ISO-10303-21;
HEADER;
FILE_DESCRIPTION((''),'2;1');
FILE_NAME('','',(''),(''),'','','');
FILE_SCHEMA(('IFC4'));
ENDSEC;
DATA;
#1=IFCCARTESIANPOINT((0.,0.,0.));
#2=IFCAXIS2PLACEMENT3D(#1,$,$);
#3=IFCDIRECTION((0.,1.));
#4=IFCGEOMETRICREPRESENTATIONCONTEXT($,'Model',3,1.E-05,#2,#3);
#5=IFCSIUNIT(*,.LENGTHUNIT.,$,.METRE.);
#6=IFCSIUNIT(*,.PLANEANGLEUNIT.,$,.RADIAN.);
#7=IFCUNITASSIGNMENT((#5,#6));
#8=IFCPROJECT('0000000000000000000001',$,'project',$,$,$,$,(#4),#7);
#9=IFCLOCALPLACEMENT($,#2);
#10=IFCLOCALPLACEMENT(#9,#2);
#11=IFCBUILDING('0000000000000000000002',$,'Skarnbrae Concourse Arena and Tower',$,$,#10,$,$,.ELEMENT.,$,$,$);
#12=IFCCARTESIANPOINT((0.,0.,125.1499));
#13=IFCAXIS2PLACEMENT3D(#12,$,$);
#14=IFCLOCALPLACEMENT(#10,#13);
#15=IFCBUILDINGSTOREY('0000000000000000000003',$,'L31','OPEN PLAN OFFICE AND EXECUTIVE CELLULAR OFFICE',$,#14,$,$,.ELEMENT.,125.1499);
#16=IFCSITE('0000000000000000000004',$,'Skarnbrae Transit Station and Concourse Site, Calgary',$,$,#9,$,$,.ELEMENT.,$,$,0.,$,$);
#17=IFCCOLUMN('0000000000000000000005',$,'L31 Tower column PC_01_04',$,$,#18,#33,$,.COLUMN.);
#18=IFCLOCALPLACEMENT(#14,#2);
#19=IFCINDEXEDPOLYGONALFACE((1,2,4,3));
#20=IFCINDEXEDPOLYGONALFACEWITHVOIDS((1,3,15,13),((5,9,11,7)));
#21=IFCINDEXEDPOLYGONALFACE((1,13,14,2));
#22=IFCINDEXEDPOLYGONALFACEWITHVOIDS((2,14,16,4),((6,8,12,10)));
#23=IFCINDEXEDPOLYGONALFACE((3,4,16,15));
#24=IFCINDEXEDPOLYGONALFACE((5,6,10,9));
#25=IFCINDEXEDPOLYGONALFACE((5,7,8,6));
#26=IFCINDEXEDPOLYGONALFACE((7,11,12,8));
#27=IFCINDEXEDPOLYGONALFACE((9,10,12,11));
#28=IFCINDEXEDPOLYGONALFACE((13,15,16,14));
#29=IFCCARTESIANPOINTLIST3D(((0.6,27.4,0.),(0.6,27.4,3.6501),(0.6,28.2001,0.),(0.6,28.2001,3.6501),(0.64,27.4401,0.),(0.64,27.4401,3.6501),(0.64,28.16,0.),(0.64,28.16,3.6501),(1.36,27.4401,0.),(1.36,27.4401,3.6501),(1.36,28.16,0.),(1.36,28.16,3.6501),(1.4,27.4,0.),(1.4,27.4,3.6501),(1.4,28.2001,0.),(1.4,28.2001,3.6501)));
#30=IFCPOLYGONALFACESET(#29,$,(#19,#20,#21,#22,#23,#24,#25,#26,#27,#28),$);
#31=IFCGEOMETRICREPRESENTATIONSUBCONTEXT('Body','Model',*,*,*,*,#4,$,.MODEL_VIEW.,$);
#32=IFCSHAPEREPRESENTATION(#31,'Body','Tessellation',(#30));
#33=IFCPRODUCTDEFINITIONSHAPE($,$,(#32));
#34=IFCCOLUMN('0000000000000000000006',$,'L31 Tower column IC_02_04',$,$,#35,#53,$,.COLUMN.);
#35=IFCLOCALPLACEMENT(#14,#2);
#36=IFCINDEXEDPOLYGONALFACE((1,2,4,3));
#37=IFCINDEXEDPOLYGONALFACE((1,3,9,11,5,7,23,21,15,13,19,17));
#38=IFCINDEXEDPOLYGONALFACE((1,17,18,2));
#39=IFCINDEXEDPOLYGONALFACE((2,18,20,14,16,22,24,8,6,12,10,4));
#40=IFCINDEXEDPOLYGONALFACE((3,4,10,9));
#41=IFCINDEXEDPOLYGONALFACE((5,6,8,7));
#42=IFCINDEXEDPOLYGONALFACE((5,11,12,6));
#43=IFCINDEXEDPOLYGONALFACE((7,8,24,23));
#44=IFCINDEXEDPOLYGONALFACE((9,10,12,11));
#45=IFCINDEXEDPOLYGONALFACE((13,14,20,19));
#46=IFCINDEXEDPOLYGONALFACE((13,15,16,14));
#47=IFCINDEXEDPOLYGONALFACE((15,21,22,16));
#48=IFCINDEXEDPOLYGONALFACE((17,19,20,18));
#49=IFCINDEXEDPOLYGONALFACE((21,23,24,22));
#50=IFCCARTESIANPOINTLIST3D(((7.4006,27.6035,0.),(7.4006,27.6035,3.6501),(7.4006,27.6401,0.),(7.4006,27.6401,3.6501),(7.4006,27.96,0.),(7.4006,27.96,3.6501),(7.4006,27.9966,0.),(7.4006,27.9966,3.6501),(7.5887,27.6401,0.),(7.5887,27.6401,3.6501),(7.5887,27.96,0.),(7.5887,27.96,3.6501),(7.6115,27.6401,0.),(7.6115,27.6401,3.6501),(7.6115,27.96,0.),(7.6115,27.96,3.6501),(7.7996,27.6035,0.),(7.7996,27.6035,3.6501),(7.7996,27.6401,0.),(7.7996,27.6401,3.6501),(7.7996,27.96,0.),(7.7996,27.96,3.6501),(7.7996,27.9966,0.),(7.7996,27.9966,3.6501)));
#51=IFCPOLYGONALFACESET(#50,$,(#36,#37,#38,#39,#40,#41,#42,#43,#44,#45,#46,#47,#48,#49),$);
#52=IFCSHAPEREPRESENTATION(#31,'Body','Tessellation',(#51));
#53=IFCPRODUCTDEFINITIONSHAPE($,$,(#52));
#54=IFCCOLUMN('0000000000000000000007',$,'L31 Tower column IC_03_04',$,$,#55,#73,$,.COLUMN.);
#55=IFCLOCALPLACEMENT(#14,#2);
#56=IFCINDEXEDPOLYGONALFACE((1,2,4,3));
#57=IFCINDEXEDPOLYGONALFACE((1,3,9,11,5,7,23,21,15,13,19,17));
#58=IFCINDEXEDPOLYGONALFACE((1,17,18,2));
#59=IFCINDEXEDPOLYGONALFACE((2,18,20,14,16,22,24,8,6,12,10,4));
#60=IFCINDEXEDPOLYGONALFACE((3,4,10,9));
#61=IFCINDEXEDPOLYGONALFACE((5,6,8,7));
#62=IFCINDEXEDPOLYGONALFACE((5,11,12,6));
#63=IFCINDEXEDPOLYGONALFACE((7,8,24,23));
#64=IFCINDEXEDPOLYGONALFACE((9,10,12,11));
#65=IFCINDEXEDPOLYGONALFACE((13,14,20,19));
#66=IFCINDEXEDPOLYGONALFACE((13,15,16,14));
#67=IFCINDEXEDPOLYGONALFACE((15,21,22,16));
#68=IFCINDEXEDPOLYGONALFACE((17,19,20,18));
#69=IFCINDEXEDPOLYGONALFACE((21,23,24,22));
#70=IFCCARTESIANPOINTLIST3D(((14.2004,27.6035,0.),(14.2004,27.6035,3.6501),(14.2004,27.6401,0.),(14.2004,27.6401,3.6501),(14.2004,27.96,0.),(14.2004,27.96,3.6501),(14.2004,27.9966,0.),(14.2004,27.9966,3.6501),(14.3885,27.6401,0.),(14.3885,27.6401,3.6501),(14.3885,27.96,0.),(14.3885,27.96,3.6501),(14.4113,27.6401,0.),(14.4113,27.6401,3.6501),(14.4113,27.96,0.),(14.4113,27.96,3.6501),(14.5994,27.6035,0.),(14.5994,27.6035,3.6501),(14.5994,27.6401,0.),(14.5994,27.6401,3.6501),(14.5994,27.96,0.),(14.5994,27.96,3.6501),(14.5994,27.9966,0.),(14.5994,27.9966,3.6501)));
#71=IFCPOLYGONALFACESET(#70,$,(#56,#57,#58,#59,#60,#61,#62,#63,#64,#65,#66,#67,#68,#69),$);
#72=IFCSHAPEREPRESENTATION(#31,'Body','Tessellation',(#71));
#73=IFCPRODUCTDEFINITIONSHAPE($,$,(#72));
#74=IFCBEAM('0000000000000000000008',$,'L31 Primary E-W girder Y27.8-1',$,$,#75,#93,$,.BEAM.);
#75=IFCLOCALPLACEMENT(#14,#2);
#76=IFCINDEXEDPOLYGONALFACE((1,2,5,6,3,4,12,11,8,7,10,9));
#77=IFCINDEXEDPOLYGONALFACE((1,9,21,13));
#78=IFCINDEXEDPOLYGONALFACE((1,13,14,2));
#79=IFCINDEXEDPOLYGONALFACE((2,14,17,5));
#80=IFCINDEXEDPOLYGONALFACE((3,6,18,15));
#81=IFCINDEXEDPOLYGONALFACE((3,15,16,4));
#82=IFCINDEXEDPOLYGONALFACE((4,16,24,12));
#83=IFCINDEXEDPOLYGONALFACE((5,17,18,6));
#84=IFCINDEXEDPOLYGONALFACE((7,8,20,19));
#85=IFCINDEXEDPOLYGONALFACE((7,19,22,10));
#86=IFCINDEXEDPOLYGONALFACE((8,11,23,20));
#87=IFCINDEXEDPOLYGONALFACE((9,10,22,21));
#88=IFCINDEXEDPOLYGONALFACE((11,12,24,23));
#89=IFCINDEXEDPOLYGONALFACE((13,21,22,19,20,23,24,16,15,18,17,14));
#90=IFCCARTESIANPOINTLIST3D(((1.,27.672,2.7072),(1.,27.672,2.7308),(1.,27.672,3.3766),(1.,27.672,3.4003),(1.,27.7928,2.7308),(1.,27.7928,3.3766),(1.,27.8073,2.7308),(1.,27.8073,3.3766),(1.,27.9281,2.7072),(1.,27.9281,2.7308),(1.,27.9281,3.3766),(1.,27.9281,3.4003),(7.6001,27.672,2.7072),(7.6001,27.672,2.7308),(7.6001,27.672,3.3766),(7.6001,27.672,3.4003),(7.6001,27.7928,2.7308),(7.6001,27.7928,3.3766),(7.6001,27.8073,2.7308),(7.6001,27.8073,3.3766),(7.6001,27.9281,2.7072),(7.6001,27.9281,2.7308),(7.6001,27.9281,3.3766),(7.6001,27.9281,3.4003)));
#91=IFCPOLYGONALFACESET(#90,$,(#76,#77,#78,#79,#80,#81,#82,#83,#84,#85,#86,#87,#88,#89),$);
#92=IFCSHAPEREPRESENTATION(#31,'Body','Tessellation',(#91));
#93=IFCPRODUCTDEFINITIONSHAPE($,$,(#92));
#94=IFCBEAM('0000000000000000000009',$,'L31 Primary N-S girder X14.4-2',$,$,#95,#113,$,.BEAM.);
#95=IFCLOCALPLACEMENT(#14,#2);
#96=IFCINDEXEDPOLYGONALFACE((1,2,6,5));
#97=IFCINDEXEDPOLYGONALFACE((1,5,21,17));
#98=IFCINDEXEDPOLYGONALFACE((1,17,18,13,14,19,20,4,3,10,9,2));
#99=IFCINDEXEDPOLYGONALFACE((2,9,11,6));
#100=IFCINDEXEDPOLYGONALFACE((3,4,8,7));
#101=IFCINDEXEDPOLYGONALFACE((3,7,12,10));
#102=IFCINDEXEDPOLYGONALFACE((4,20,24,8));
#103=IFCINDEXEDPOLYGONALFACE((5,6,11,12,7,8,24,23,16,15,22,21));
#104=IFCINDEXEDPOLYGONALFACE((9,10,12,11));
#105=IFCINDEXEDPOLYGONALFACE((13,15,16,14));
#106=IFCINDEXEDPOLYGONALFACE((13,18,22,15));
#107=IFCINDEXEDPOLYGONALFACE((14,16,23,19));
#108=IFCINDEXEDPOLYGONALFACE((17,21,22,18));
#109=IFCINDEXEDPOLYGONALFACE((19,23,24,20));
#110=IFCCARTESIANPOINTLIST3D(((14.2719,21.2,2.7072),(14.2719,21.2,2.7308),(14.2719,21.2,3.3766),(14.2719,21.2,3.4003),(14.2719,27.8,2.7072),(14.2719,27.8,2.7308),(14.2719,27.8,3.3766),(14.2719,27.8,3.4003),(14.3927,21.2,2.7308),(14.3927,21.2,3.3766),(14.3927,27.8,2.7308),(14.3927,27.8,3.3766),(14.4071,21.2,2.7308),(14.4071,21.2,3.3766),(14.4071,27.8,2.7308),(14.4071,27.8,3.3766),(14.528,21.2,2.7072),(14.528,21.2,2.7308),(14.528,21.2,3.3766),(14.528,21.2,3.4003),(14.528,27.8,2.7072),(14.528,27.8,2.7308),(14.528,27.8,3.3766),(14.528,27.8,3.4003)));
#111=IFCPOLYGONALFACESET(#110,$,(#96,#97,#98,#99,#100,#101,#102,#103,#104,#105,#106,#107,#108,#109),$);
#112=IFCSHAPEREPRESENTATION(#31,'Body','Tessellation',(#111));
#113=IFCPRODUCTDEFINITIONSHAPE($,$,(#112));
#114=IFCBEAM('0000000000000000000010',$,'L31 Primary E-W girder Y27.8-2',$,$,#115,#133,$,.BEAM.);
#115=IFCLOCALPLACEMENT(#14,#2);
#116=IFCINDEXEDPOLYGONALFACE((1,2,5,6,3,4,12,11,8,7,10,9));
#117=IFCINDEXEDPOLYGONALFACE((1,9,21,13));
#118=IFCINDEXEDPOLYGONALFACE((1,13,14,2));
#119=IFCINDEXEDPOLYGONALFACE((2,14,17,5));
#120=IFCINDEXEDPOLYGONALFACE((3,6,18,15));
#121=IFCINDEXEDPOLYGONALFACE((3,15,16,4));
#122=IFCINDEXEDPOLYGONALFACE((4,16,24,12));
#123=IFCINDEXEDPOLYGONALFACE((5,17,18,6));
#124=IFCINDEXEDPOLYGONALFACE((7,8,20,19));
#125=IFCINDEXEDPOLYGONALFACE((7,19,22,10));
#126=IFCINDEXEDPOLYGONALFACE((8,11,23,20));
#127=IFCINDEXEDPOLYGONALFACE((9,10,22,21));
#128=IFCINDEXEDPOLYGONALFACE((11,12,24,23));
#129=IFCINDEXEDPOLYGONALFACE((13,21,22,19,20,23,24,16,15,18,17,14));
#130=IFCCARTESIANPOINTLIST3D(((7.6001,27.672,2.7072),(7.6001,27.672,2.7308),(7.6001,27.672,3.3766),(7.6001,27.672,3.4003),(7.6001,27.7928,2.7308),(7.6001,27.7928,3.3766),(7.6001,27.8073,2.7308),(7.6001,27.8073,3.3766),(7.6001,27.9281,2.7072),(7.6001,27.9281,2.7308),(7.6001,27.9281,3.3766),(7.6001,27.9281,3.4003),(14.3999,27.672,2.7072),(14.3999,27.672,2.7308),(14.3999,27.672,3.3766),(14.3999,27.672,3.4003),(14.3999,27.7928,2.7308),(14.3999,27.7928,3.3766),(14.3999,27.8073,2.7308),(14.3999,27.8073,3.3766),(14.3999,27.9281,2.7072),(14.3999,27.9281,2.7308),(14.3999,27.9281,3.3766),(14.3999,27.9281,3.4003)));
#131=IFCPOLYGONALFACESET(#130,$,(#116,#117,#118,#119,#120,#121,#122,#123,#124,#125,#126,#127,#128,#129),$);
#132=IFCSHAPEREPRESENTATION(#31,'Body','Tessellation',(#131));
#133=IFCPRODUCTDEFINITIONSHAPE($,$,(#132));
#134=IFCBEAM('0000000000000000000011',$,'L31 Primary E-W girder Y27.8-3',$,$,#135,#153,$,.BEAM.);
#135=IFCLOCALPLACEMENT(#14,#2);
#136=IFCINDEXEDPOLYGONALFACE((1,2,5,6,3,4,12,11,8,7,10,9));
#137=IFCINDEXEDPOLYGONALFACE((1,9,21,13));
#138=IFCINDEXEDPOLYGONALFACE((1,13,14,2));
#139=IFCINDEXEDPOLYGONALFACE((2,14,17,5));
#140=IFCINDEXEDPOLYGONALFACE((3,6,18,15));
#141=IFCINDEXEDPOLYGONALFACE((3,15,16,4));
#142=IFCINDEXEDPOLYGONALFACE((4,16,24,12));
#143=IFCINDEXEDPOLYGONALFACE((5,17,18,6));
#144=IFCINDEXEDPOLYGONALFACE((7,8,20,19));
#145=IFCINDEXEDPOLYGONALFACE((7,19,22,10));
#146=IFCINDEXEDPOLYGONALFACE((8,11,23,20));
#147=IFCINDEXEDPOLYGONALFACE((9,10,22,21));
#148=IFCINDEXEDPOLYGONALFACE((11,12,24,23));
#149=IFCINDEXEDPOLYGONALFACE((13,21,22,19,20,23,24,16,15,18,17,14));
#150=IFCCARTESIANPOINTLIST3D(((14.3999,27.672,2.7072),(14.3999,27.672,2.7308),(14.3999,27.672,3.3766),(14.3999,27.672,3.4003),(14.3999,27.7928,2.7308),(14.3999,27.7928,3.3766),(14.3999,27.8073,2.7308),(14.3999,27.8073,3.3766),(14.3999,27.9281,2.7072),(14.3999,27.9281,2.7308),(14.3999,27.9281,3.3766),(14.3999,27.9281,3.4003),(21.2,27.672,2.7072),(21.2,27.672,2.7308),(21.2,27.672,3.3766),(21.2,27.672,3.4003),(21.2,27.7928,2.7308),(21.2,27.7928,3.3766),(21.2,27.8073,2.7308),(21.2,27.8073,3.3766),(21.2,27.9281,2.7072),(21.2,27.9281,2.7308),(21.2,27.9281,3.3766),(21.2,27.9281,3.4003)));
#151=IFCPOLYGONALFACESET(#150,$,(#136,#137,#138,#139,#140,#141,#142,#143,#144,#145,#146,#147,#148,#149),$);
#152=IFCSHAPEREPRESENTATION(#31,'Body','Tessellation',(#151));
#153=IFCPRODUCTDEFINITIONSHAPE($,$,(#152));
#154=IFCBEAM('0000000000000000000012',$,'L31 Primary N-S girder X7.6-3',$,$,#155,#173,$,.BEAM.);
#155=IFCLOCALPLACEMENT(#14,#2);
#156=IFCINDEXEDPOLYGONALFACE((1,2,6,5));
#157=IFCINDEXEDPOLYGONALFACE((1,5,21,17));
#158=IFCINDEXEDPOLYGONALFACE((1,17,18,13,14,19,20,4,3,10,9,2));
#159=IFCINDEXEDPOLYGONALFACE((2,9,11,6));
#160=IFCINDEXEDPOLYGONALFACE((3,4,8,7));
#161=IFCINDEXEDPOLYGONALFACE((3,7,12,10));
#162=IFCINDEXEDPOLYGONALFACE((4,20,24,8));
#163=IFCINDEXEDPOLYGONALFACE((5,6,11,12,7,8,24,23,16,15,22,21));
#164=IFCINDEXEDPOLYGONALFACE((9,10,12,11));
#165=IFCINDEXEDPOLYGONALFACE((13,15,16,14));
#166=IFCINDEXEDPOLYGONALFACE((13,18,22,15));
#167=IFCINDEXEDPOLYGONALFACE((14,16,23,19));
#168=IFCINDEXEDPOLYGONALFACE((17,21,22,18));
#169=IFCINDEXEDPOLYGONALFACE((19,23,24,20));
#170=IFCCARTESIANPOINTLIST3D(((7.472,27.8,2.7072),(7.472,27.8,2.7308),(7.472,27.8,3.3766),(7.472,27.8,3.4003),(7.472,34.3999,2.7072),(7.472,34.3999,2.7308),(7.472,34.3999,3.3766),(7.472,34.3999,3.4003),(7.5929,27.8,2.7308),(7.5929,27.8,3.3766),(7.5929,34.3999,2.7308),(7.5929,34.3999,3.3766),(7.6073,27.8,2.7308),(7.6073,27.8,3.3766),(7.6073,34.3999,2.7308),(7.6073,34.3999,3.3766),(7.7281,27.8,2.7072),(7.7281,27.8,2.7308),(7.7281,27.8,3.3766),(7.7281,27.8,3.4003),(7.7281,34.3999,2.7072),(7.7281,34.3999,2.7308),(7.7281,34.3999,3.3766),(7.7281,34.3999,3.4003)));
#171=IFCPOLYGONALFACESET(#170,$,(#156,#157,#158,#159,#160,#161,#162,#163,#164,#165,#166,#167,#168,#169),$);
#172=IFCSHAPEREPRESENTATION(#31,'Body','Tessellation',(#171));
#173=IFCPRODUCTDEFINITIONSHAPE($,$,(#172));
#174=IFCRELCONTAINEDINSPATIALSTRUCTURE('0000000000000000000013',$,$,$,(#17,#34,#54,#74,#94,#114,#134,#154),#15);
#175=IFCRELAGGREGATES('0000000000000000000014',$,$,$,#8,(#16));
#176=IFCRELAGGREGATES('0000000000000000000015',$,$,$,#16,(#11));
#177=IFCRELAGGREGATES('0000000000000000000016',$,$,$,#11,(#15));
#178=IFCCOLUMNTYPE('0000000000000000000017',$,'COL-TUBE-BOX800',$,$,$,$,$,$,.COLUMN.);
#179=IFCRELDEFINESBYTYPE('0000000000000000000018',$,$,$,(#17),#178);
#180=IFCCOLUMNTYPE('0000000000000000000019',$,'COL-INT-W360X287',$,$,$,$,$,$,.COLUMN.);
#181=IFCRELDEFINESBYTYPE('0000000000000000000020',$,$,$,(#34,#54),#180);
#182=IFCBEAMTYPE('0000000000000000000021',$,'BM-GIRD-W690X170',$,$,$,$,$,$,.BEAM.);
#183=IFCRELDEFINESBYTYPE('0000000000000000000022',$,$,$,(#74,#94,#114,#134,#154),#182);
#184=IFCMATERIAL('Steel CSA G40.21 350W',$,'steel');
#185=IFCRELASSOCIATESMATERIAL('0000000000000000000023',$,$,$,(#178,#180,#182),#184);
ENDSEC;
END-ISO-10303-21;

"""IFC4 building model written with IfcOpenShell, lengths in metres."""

from ifc_helpers import new_model, si_unit, direction, frame, origin, origin_2d, place, context, subcontext, project, spatial, hollow_rectangle, i_section, extrude, source, transform, mapped, material, material_profile, profile_set, type_object, element, save


model = new_model("IFC4")

# Units and contexts
model_context = context("Model", 3, precision=1e-05, world=origin(), true_north=direction((0.0, 1.0)))
body_context = subcontext(model_context, "Body", "Model", "MODEL_VIEW")
ifc_project = project(units=[si_unit("LENGTHUNIT", "METRE"), si_unit("PLANEANGLEUNIT", "RADIAN")], contexts=[model_context])

# Site, building, storey
site_placement = place(None, origin())
site = spatial("IfcSite", under=ifc_project, at=site_placement, Name="Skarnbrae Transit Station and Concourse Site, Calgary", CompositionType="ELEMENT", RefElevation=0.0)
building_placement = place(site_placement, origin())
building = spatial("IfcBuilding", under=site, at=building_placement, Name="Skarnbrae Concourse Arena and Tower", CompositionType="ELEMENT")
storey_placement = place(building_placement, frame((0.0, 0.0, 125.1499)))
storey = spatial("IfcBuildingStorey", under=building, at=storey_placement, Name="L31", Description="OPEN PLAN OFFICE AND EXECUTIVE CELLULAR OFFICE", CompositionType="ELEMENT", Elevation=125.1499)

# Columns
ifc_material_1 = material(Name="Steel CSA G40.21 350W", Category="steel")
ifc_material_profile_1 = material_profile(ifc_material_1, hollow_rectangle(XDim=0.8, YDim=0.8, WallThickness=0.04, at=origin_2d()), Name="BOX800X800X40")
ifc_profile_set_1 = profile_set([ifc_material_profile_1], Name="Steel CSA G40.21 350W")
column_type_1 = type_object("IfcColumnType", Name="COL-TUBE-BOX800", PredefinedType="COLUMN", material=ifc_profile_set_1)
shared_shape_1 = source(origin(), body_context, "Body", "SweptSolid", [
    extrude(hollow_rectangle(XDim=0.8, YDim=0.8, WallThickness=0.04, at=origin_2d()), origin(), (0.0, 0.0, 1.0), 3.6501),
])
column_placement = place(storey_placement, frame((1.0, 27.8, 0.0), z_axis=(0.0, 0.0, 1.0), x_axis=(1.0, 0.0, 0.0)))
element("IfcColumn", 1, at=column_placement, inside=storey, type_object=column_type_1, Name="L31 Tower column PC_01_04", PredefinedType="COLUMN", context=body_context, shape_type="MappedRepresentation", body=[
    mapped(shared_shape_1, transform((0.0, 0.0, 0.0))),
])
ifc_material_profile_2 = material_profile(ifc_material_1, i_section(OverallWidth=0.3989, OverallDepth=0.3931, WebThickness=0.0227, FlangeThickness=0.0366, at=origin_2d()), Name="W360X287")
ifc_profile_set_2 = profile_set([ifc_material_profile_2], Name="Steel CSA G40.21 350W")
column_type_2 = type_object("IfcColumnType", Name="COL-INT-W360X287", PredefinedType="COLUMN", material=ifc_profile_set_2)
shared_shape_2 = source(origin(), body_context, "Body", "SweptSolid", [
    extrude(i_section(OverallWidth=0.3989, OverallDepth=0.3931, WebThickness=0.0227, FlangeThickness=0.0366, at=origin_2d()), origin(), (0.0, 0.0, 1.0), 3.6501),
])
for number, where, z_axis, x_axis, name in (
    (2, (7.6001, 27.8, 0.0), (0.0, 0.0, 1.0), (1.0, 0.0, 0.0), "L31 Tower column IC_02_04"),
    (3, (14.3999, 27.8, 0.0), (0.0, 0.0, 1.0), (1.0, 0.0, 0.0), "L31 Tower column IC_03_04"),
):
    element("IfcColumn", number, at=place(storey_placement, frame(where, z_axis=z_axis, x_axis=x_axis)), inside=storey, type_object=column_type_2, Name=name, PredefinedType="COLUMN", context=body_context, shape_type="MappedRepresentation", body=[
        mapped(shared_shape_2, transform((0.0, 0.0, 0.0))),
    ])

# Beams
ifc_material_profile_3 = material_profile(ifc_material_1, i_section(OverallWidth=0.2561, OverallDepth=0.6931, WebThickness=0.0144, FlangeThickness=0.0237, at=origin_2d()), Name="W690X170")
ifc_profile_set_3 = profile_set([ifc_material_profile_3], Name="Steel CSA G40.21 350W")
beam_type_1 = type_object("IfcBeamType", Name="BM-GIRD-W690X170", PredefinedType="BEAM", material=ifc_profile_set_3)
shared_shape_3 = source(origin(), body_context, "Body", "SweptSolid", [
    extrude(i_section(OverallWidth=0.2561, OverallDepth=0.6931, WebThickness=0.0144, FlangeThickness=0.0237, at=origin_2d()), origin(), (0.0, 0.0, 1.0), 6.6001),
])
for number, where, z_axis, x_axis, name in (
    (4, (1.0, 27.8, 3.0537), (1.0, 0.0, 0.0), (0.0, 1.0, 0.0), "L31 Primary E-W girder Y27.8-1"),
    (5, (14.3999, 21.2, 3.0537), (0.0, 1.0, 0.0), (-1.0, 0.0, 0.0), "L31 Primary N-S girder X14.4-2"),
):
    element("IfcBeam", number, at=place(storey_placement, frame(where, z_axis=z_axis, x_axis=x_axis)), inside=storey, type_object=beam_type_1, Name=name, PredefinedType="BEAM", context=body_context, shape_type="MappedRepresentation", body=[
        mapped(shared_shape_3, transform((0.0, 0.0, 0.0))),
    ])
shared_shape_4 = source(origin(), body_context, "Body", "SweptSolid", [
    extrude(i_section(OverallWidth=0.2561, OverallDepth=0.6931, WebThickness=0.0144, FlangeThickness=0.0237, at=origin_2d()), origin(), (0.0, 0.0, 1.0), 6.7998),
])
beam_1_placement = place(storey_placement, frame((7.6001, 27.8, 3.0537), z_axis=(1.0, 0.0, 0.0), x_axis=(0.0, 1.0, 0.0)))
element("IfcBeam", 6, at=beam_1_placement, inside=storey, type_object=beam_type_1, Name="L31 Primary E-W girder Y27.8-2", PredefinedType="BEAM", context=body_context, shape_type="MappedRepresentation", body=[
    mapped(shared_shape_4, transform((0.0, 0.0, 0.0))),
])
shared_shape_5 = source(origin(), body_context, "Body", "SweptSolid", [
    extrude(i_section(OverallWidth=0.2561, OverallDepth=0.6931, WebThickness=0.0144, FlangeThickness=0.0237, at=origin_2d()), origin(), (0.0, 0.0, 1.0), 6.8),
])
beam_2_placement = place(storey_placement, frame((14.3999, 27.8, 3.0537), z_axis=(1.0, 0.0, 0.0), x_axis=(0.0, 1.0, 0.0)))
element("IfcBeam", 7, at=beam_2_placement, inside=storey, type_object=beam_type_1, Name="L31 Primary E-W girder Y27.8-3", PredefinedType="BEAM", context=body_context, shape_type="MappedRepresentation", body=[
    mapped(shared_shape_5, transform((0.0, 0.0, 0.0))),
])
shared_shape_6 = source(origin(), body_context, "Body", "SweptSolid", [
    extrude(i_section(OverallWidth=0.2561, OverallDepth=0.6931, WebThickness=0.0144, FlangeThickness=0.0237, at=origin_2d()), origin(), (0.0, 0.0, 1.0), 6.5999),
])
beam_3_placement = place(storey_placement, frame((7.6001, 27.8, 3.0537), z_axis=(0.0, 1.0, 0.0), x_axis=(-1.0, 0.0, 0.0)))
element("IfcBeam", 8, at=beam_3_placement, inside=storey, type_object=beam_type_1, Name="L31 Primary N-S girder X7.6-3", PredefinedType="BEAM", context=body_context, shape_type="MappedRepresentation", body=[
    mapped(shared_shape_6, transform((0.0, 0.0, 0.0))),
])

save(model, "model.ifc")
